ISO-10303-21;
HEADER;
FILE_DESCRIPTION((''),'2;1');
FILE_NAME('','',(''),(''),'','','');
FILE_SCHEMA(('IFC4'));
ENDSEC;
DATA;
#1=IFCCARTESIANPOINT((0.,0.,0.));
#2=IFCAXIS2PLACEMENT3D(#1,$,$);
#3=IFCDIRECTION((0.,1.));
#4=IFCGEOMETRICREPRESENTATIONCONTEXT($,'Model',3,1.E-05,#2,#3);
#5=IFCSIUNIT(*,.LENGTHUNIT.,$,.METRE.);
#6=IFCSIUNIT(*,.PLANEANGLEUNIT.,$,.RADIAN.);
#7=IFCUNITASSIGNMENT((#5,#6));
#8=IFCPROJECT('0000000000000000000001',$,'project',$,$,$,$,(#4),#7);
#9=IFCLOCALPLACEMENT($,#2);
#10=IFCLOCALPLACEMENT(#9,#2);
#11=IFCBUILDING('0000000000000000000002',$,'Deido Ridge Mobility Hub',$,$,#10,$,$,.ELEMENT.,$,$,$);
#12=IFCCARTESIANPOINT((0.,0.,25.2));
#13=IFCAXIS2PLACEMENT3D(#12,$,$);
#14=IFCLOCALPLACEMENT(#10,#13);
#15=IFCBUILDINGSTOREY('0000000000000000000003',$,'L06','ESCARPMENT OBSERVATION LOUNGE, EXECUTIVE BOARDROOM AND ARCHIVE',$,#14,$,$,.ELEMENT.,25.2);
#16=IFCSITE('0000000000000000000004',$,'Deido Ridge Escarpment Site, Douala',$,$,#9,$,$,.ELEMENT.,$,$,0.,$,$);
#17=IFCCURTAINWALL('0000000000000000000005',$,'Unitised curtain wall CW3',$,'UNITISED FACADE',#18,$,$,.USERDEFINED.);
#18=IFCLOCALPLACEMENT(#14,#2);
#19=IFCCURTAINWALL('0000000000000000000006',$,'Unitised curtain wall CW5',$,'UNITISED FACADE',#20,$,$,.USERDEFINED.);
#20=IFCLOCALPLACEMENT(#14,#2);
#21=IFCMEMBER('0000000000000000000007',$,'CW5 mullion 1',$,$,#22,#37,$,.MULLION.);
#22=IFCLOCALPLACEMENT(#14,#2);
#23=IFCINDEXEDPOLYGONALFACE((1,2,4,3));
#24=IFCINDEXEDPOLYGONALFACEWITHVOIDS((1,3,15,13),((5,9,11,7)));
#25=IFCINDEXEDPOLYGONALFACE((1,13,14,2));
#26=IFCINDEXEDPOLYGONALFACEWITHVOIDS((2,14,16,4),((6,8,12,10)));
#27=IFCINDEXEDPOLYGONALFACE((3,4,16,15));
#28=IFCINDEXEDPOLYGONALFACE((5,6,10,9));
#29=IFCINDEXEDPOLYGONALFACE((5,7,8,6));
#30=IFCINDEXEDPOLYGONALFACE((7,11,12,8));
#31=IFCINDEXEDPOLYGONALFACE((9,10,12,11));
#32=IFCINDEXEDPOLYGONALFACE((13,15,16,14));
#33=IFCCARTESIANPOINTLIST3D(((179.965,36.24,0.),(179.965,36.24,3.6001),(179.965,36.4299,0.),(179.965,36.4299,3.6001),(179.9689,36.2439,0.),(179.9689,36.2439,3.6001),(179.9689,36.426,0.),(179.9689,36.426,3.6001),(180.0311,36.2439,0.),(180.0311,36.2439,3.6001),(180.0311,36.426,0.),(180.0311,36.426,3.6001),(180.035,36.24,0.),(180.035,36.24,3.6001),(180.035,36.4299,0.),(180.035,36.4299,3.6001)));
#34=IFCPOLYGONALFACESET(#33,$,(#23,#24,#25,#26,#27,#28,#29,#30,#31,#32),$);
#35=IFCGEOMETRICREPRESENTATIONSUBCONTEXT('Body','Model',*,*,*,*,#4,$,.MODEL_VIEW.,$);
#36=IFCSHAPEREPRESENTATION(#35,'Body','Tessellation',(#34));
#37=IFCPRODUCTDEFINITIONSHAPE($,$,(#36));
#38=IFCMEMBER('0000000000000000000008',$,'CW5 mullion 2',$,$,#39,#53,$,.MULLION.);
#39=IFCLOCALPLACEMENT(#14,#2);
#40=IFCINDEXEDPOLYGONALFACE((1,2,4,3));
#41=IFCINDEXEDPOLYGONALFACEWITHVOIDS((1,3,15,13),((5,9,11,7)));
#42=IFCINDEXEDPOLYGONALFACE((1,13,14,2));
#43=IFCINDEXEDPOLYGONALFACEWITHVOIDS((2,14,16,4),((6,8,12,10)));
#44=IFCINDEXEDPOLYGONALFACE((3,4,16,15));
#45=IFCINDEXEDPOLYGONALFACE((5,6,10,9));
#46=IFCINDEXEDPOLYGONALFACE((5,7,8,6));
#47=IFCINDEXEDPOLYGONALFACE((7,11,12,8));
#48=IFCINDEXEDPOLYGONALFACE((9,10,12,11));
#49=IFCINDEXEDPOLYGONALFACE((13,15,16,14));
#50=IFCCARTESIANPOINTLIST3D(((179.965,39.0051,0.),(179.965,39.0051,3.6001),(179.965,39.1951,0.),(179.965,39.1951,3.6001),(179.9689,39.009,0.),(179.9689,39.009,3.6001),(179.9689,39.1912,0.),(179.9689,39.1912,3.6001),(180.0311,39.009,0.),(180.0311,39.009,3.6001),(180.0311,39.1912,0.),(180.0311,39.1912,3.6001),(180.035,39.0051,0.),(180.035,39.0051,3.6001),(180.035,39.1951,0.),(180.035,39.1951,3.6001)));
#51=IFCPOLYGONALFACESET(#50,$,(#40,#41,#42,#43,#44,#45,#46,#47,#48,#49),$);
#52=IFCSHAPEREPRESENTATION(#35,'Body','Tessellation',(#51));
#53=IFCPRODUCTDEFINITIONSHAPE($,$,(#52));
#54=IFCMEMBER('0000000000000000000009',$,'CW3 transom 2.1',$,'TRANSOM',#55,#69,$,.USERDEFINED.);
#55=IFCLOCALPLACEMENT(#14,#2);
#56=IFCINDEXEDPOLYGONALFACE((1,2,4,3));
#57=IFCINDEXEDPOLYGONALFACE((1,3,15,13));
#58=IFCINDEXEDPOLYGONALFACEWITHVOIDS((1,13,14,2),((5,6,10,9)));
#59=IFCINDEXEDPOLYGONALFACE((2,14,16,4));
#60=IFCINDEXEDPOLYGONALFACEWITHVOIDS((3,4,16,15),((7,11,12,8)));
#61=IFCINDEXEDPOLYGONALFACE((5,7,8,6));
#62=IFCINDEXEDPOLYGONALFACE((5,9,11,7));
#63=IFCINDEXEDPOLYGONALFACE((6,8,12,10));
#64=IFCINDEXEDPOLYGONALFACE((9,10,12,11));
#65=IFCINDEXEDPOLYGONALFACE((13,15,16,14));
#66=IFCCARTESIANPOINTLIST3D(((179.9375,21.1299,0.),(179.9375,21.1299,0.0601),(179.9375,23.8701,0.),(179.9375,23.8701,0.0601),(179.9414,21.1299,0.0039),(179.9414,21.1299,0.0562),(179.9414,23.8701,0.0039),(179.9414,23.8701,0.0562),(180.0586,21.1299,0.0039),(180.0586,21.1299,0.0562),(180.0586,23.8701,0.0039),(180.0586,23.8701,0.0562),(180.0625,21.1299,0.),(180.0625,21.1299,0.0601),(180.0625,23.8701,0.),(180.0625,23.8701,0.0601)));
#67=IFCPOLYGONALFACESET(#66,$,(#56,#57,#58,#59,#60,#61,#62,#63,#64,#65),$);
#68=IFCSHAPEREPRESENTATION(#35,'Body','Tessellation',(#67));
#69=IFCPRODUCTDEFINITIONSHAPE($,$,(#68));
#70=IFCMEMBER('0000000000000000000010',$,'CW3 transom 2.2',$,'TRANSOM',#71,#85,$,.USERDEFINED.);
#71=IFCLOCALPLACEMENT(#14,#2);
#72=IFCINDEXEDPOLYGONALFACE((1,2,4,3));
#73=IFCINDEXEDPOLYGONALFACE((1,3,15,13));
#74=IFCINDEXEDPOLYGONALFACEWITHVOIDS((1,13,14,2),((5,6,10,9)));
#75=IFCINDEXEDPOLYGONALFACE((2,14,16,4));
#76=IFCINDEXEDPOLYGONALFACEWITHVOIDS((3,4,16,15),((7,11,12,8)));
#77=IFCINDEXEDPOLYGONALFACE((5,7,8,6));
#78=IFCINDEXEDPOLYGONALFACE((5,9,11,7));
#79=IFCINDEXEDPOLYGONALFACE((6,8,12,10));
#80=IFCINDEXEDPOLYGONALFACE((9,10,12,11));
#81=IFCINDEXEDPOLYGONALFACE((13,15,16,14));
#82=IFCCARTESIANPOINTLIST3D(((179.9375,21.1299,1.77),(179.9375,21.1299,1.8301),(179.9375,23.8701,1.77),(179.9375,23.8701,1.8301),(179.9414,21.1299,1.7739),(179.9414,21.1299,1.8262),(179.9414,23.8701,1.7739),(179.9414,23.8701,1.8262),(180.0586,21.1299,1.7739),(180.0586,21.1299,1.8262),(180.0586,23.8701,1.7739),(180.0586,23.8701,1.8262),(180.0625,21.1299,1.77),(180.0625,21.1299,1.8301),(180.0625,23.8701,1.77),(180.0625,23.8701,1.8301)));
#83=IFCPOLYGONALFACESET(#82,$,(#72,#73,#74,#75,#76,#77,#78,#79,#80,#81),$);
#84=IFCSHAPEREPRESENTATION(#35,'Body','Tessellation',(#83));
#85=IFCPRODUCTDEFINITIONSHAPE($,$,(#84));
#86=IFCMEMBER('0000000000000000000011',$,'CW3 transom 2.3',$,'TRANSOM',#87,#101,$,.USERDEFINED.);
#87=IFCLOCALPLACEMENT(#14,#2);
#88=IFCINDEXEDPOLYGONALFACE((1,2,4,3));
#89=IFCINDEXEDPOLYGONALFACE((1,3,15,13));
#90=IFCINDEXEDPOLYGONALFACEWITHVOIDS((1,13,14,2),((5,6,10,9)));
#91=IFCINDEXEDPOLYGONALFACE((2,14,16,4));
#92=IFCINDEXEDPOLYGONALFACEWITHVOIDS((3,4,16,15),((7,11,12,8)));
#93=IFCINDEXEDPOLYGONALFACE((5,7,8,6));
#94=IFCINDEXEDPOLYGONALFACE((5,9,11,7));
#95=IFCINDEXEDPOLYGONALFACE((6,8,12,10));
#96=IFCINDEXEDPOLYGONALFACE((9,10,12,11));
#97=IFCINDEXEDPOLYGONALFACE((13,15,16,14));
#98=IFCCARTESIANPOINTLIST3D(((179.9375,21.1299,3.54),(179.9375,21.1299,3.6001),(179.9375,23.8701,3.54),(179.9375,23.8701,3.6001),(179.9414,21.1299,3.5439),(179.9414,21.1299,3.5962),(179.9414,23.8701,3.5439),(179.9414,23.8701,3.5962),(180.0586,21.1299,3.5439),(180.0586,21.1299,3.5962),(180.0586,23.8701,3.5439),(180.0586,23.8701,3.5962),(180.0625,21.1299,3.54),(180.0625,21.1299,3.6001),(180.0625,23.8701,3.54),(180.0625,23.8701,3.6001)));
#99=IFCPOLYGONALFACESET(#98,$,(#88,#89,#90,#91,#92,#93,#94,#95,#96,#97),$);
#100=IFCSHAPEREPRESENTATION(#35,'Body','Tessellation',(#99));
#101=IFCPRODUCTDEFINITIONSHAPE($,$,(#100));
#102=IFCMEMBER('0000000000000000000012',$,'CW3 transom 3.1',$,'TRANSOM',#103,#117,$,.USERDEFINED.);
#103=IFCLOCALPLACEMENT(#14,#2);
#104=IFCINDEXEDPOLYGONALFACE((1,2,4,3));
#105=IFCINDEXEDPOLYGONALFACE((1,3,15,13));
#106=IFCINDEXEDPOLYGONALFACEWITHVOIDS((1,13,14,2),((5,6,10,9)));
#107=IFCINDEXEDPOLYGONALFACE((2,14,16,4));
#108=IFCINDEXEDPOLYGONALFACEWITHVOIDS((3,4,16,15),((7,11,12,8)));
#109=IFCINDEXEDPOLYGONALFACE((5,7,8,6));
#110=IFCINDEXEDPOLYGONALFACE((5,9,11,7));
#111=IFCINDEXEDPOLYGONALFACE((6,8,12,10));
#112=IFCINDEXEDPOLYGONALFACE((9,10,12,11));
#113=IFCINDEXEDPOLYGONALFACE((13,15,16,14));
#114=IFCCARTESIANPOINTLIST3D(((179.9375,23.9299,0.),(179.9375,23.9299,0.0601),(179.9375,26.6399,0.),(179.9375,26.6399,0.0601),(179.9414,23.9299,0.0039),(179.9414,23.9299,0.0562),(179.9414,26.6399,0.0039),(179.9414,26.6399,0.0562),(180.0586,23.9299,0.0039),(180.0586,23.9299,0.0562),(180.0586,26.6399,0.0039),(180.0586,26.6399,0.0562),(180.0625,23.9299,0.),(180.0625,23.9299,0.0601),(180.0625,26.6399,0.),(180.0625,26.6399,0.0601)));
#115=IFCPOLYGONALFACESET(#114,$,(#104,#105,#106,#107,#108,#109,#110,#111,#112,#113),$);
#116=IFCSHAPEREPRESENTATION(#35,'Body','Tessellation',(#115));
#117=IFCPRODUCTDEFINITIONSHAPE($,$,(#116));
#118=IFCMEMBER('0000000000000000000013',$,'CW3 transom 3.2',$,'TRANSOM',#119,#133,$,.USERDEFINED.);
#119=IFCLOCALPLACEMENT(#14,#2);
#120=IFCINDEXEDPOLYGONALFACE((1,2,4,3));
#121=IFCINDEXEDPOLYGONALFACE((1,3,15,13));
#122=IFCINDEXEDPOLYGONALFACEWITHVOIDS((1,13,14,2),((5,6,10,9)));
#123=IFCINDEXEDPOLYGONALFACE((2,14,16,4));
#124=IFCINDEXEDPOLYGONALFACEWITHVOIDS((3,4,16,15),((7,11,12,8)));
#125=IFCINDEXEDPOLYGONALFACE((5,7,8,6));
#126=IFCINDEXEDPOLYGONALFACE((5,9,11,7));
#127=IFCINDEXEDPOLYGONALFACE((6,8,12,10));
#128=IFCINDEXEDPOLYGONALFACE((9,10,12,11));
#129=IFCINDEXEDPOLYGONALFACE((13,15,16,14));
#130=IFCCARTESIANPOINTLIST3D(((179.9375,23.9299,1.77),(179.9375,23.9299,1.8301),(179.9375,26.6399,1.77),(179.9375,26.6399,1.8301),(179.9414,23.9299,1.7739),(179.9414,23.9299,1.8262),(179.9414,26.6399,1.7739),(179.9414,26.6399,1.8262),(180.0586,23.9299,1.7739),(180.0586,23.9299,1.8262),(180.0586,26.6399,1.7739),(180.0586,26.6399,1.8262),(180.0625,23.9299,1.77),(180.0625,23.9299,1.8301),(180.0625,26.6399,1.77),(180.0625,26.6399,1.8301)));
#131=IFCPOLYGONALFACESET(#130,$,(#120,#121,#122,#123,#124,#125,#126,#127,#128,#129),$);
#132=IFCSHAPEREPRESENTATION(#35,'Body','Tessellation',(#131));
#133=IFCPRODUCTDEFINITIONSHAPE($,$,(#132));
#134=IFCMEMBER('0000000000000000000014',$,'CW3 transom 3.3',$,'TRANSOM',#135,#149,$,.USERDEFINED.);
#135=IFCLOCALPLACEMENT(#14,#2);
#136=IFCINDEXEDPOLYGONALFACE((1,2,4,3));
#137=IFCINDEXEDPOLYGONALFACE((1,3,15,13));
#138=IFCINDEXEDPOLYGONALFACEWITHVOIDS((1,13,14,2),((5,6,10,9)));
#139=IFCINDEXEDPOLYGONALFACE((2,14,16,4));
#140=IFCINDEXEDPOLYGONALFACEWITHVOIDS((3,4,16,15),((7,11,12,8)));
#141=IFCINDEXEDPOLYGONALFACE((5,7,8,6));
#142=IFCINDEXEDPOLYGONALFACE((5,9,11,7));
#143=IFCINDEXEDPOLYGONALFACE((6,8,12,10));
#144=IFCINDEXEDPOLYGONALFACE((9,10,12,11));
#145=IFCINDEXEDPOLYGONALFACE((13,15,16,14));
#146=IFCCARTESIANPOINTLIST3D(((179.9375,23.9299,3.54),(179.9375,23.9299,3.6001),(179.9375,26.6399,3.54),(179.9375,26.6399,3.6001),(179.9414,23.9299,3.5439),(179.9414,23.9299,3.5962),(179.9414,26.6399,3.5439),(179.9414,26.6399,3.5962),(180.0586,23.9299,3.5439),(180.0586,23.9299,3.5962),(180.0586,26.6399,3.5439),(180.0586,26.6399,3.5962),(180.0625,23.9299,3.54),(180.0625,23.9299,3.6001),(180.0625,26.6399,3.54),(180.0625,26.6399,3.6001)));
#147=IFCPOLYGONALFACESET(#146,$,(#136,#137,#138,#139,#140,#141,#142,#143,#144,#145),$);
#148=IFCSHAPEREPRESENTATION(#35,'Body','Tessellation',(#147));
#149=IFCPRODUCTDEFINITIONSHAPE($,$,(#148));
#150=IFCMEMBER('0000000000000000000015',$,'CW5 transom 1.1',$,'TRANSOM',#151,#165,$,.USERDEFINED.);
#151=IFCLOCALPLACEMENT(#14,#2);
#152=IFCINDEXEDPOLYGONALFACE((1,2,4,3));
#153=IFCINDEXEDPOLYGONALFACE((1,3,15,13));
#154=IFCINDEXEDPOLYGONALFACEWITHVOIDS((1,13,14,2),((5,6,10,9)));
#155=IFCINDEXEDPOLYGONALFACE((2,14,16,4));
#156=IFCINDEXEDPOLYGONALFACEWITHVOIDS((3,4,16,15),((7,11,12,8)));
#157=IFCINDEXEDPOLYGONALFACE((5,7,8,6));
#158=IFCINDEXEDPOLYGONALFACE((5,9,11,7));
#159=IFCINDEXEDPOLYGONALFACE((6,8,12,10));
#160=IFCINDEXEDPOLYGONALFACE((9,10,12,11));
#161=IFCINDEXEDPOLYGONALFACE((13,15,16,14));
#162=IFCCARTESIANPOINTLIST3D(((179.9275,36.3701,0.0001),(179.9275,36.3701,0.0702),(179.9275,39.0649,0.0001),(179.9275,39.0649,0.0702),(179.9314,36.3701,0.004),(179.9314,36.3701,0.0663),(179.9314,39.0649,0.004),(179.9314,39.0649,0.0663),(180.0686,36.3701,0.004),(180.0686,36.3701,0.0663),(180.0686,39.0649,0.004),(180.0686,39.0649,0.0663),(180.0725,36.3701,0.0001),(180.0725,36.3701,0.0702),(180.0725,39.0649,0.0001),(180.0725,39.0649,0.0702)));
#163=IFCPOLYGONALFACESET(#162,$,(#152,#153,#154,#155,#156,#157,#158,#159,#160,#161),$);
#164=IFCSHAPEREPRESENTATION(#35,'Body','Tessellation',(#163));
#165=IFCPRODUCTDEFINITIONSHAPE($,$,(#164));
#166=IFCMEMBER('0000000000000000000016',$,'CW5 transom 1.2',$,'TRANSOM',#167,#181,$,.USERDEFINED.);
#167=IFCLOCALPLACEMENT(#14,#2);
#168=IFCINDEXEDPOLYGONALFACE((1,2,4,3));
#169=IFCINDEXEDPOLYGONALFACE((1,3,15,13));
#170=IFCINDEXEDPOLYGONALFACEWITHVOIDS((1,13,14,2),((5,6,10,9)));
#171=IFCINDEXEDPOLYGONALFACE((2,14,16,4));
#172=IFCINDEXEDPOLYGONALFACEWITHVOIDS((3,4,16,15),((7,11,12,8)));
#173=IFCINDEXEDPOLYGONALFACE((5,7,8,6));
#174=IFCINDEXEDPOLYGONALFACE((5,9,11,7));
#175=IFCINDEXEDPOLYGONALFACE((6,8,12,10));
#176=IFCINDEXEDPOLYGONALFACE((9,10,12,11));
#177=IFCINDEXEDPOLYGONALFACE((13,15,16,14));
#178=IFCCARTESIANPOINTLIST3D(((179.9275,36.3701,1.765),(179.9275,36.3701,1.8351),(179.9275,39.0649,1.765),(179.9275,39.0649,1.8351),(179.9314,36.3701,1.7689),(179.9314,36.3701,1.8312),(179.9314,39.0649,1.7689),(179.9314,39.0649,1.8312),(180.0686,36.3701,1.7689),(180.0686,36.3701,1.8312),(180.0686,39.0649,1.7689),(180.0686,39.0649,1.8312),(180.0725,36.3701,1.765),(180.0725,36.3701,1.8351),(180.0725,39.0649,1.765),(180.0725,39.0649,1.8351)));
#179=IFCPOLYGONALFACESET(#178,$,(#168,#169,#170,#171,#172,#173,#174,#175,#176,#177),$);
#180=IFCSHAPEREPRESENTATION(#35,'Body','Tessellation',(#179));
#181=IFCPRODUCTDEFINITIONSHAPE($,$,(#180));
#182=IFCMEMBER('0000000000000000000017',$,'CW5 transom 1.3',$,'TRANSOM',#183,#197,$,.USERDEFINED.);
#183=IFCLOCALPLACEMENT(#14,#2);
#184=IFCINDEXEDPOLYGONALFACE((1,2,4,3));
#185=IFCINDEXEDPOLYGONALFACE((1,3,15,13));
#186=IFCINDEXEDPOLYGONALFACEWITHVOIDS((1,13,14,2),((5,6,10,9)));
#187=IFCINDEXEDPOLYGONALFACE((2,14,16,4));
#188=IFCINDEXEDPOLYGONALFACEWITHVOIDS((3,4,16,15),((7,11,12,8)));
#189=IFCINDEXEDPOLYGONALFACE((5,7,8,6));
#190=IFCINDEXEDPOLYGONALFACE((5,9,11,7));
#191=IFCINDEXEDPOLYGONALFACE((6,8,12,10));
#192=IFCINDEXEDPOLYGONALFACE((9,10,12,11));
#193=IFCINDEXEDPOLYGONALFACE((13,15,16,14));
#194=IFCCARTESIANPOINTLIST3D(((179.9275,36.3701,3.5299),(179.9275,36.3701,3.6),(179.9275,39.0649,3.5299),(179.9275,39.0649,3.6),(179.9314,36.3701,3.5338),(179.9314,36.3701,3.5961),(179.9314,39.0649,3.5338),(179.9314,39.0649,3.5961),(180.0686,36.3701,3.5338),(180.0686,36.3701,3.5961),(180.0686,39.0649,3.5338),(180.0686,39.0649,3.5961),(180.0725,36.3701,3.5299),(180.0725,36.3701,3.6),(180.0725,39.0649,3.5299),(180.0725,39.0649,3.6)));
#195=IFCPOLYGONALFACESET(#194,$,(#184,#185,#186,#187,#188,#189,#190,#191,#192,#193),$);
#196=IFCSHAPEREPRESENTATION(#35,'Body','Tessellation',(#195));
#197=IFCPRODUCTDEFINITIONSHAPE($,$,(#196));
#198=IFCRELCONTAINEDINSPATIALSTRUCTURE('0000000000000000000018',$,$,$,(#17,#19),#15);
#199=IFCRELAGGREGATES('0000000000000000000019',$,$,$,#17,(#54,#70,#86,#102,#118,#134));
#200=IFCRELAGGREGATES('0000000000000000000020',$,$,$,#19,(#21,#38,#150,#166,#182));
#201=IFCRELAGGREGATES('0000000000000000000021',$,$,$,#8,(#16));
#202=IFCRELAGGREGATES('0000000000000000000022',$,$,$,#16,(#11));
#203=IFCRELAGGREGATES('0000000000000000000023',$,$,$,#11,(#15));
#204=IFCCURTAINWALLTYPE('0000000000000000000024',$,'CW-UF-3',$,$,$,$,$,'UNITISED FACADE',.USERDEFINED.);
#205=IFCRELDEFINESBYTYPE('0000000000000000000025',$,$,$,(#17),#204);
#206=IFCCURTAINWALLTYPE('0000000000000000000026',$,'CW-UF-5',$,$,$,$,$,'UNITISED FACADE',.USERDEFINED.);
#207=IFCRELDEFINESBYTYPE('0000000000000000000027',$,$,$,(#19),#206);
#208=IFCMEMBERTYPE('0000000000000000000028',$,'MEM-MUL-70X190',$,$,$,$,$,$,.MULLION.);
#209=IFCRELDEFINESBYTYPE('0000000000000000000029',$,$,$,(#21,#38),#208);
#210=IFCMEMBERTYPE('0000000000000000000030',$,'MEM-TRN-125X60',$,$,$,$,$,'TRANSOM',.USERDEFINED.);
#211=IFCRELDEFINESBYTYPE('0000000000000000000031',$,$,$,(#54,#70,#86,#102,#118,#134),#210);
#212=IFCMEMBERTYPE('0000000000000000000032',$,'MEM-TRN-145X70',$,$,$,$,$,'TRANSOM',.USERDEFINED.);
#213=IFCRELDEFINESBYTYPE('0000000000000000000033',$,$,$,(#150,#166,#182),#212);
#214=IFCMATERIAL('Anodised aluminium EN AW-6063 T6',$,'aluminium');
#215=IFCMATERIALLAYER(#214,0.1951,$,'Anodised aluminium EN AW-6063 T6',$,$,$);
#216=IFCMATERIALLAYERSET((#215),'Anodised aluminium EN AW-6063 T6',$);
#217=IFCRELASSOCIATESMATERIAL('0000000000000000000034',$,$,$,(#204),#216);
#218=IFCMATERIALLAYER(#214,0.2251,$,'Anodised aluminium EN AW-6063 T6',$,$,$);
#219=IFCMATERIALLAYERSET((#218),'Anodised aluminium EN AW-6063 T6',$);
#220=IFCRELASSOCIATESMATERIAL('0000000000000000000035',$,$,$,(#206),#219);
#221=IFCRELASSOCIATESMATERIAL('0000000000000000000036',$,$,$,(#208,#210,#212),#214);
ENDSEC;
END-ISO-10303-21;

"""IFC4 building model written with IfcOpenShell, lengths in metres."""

from ifc_helpers import new_model, si_unit, direction, frame, origin, origin_2d, place, context, subcontext, project, spatial, hollow_rectangle, extrude, material, layer, layer_set, material_profile, profile_set, type_object, element, aggregate, save


model = new_model("IFC4")

# Units and contexts
model_context = context("Model", 3, precision=1e-05, world=origin(), true_north=direction((0.0, 1.0)))
body_context = subcontext(model_context, "Body", "Model", "MODEL_VIEW")
ifc_project = project(units=[si_unit("LENGTHUNIT", "METRE"), si_unit("PLANEANGLEUNIT", "RADIAN")], contexts=[model_context])

# Site, building, storey
site_placement = place(None, origin())
site = spatial("IfcSite", under=ifc_project, at=site_placement, Name="Deido Ridge Escarpment Site, Douala", CompositionType="ELEMENT", RefElevation=0.0)
building_placement = place(site_placement, origin())
building = spatial("IfcBuilding", under=site, at=building_placement, Name="Deido Ridge Mobility Hub", CompositionType="ELEMENT")
storey_placement = place(building_placement, frame((0.0, 0.0, 25.2)))
storey = spatial("IfcBuildingStorey", under=building, at=storey_placement, Name="L06", Description="ESCARPMENT OBSERVATION LOUNGE, EXECUTIVE BOARDROOM AND ARCHIVE", CompositionType="ELEMENT", Elevation=25.2)

# Curtain walls, members
ifc_material_1 = material(Name="Anodised aluminium EN AW-6063 T6", Category="aluminium")
ifc_layer_1 = layer(ifc_material_1, 0.1951, Name="Anodised aluminium EN AW-6063 T6")
ifc_layer_set_1 = layer_set([ifc_layer_1], Name="Anodised aluminium EN AW-6063 T6")
curtain_wall_type_1 = type_object("IfcCurtainWallType", Name="CW-UF-3", ElementType="UNITISED FACADE", PredefinedType="USERDEFINED", material=ifc_layer_set_1)
curtain_wall_1_placement = place(storey_placement, origin())
curtain_wall_1 = element("IfcCurtainWall", 1, at=curtain_wall_1_placement, inside=storey, type_object=curtain_wall_type_1, Name="Unitised curtain wall CW3", ObjectType="UNITISED FACADE", PredefinedType="USERDEFINED")
ifc_layer_2 = layer(ifc_material_1, 0.2251, Name="Anodised aluminium EN AW-6063 T6")
ifc_layer_set_2 = layer_set([ifc_layer_2], Name="Anodised aluminium EN AW-6063 T6")
curtain_wall_type_2 = type_object("IfcCurtainWallType", Name="CW-UF-5", ElementType="UNITISED FACADE", PredefinedType="USERDEFINED", material=ifc_layer_set_2)
curtain_wall_2_placement = place(storey_placement, origin())
curtain_wall_2 = element("IfcCurtainWall", 2, at=curtain_wall_2_placement, inside=storey, type_object=curtain_wall_type_2, Name="Unitised curtain wall CW5", ObjectType="UNITISED FACADE", PredefinedType="USERDEFINED")
ifc_material_profile_1 = material_profile(ifc_material_1, hollow_rectangle(XDim=0.0701, YDim=0.1899, WallThickness=0.0039, at=origin_2d()), Name="RHS 70x190x4")
ifc_profile_set_1 = profile_set([ifc_material_profile_1], Name="Anodised aluminium EN AW-6063 T6")
member_type_1 = type_object("IfcMemberType", Name="MEM-MUL-70X190", PredefinedType="MULLION", material=ifc_profile_set_1)
member_1_placement = place(storey_placement, frame((180.0, 36.335, 0.0), z_axis=(0.0, 0.0, 1.0), x_axis=(-1.0, 0.0, 0.0)))
member_1 = element("IfcMember", 3, at=member_1_placement, type_object=member_type_1, Name="CW5 mullion 1", PredefinedType="MULLION", context=body_context, shape_type="SweptSolid", body=[
    extrude(hollow_rectangle(XDim=0.0701, YDim=0.1899, WallThickness=0.0039, at=origin_2d()), origin(), (0.0, 0.0, 1.0), 3.6001),
])
member_2_placement = place(storey_placement, frame((180.0, 39.1001, 0.0), z_axis=(0.0, 0.0, 1.0), x_axis=(-1.0, 0.0, 0.0)))
member_2 = element("IfcMember", 4, at=member_2_placement, type_object=member_type_1, Name="CW5 mullion 2", PredefinedType="MULLION", context=body_context, shape_type="SweptSolid", body=[
    extrude(hollow_rectangle(XDim=0.0701, YDim=0.1899, WallThickness=0.0039, at=origin_2d()), origin(), (0.0, 0.0, 1.0), 3.6001),
])

# Members
ifc_material_profile_2 = material_profile(ifc_material_1, hollow_rectangle(XDim=0.125, YDim=0.0601, WallThickness=0.0039, at=origin_2d()), Name="RHS 125x60x4")
ifc_profile_set_2 = profile_set([ifc_material_profile_2], Name="Anodised aluminium EN AW-6063 T6")
member_type_2 = type_object("IfcMemberType", Name="MEM-TRN-125X60", ElementType="TRANSOM", PredefinedType="USERDEFINED", material=ifc_profile_set_2)
member_3_placement = place(storey_placement, frame((180.0, 21.1299, 0.03), z_axis=(0.0, 1.0, 0.0), x_axis=(-1.0, 0.0, 0.0)))
member_3 = element("IfcMember", 5, at=member_3_placement, type_object=member_type_2, Name="CW3 transom 2.1", ObjectType="TRANSOM", PredefinedType="USERDEFINED", context=body_context, shape_type="SweptSolid", body=[
    extrude(hollow_rectangle(XDim=0.125, YDim=0.0601, WallThickness=0.0039, at=origin_2d()), origin(), (0.0, 0.0, 1.0), 2.7402),
])
member_4_placement = place(storey_placement, frame((180.0, 21.1299, 1.8), z_axis=(0.0, 1.0, 0.0), x_axis=(-1.0, 0.0, 0.0)))
member_4 = element("IfcMember", 6, at=member_4_placement, type_object=member_type_2, Name="CW3 transom 2.2", ObjectType="TRANSOM", PredefinedType="USERDEFINED", context=body_context, shape_type="SweptSolid", body=[
    extrude(hollow_rectangle(XDim=0.125, YDim=0.0601, WallThickness=0.0039, at=origin_2d()), origin(), (0.0, 0.0, 1.0), 2.7402),
])
member_5_placement = place(storey_placement, frame((180.0, 21.1299, 3.5701), z_axis=(0.0, 1.0, 0.0), x_axis=(-1.0, 0.0, 0.0)))
member_5 = element("IfcMember", 7, at=member_5_placement, type_object=member_type_2, Name="CW3 transom 2.3", ObjectType="TRANSOM", PredefinedType="USERDEFINED", context=body_context, shape_type="SweptSolid", body=[
    extrude(hollow_rectangle(XDim=0.125, YDim=0.0601, WallThickness=0.0039, at=origin_2d()), origin(), (0.0, 0.0, 1.0), 2.7402),
])
member_6_placement = place(storey_placement, frame((180.0, 23.9299, 0.03), z_axis=(0.0, 1.0, 0.0), x_axis=(-1.0, 0.0, 0.0)))
member_6 = element("IfcMember", 8, at=member_6_placement, type_object=member_type_2, Name="CW3 transom 3.1", ObjectType="TRANSOM", PredefinedType="USERDEFINED", context=body_context, shape_type="SweptSolid", body=[
    extrude(hollow_rectangle(XDim=0.125, YDim=0.0601, WallThickness=0.0039, at=origin_2d()), origin(), (0.0, 0.0, 1.0), 2.71),
])
member_7_placement = place(storey_placement, frame((180.0, 23.9299, 1.8), z_axis=(0.0, 1.0, 0.0), x_axis=(-1.0, 0.0, 0.0)))
member_7 = element("IfcMember", 9, at=member_7_placement, type_object=member_type_2, Name="CW3 transom 3.2", ObjectType="TRANSOM", PredefinedType="USERDEFINED", context=body_context, shape_type="SweptSolid", body=[
    extrude(hollow_rectangle(XDim=0.125, YDim=0.0601, WallThickness=0.0039, at=origin_2d()), origin(), (0.0, 0.0, 1.0), 2.71),
])
member_8_placement = place(storey_placement, frame((180.0, 23.9299, 3.5701), z_axis=(0.0, 1.0, 0.0), x_axis=(-1.0, 0.0, 0.0)))
member_8 = element("IfcMember", 10, at=member_8_placement, type_object=member_type_2, Name="CW3 transom 3.3", ObjectType="TRANSOM", PredefinedType="USERDEFINED", context=body_context, shape_type="SweptSolid", body=[
    extrude(hollow_rectangle(XDim=0.125, YDim=0.0601, WallThickness=0.0039, at=origin_2d()), origin(), (0.0, 0.0, 1.0), 2.71),
])
ifc_material_profile_3 = material_profile(ifc_material_1, hollow_rectangle(XDim=0.145, YDim=0.0701, WallThickness=0.0039, at=origin_2d()), Name="RHS 145x70x4")
ifc_profile_set_3 = profile_set([ifc_material_profile_3], Name="Anodised aluminium EN AW-6063 T6")
member_type_3 = type_object("IfcMemberType", Name="MEM-TRN-145X70", ElementType="TRANSOM", PredefinedType="USERDEFINED", material=ifc_profile_set_3)
member_9_placement = place(storey_placement, frame((180.0, 36.3701, 0.0352), z_axis=(0.0, 1.0, 0.0), x_axis=(-1.0, 0.0, 0.0)))
member_9 = element("IfcMember", 11, at=member_9_placement, type_object=member_type_3, Name="CW5 transom 1.1", ObjectType="TRANSOM", PredefinedType="USERDEFINED", context=body_context, shape_type="SweptSolid", body=[
    extrude(hollow_rectangle(XDim=0.145, YDim=0.0701, WallThickness=0.0039, at=origin_2d()), origin(), (0.0, 0.0, 1.0), 2.6948),
])
member_10_placement = place(storey_placement, frame((180.0, 36.3701, 1.8), z_axis=(0.0, 1.0, 0.0), x_axis=(-1.0, 0.0, 0.0)))
member_10 = element("IfcMember", 12, at=member_10_placement, type_object=member_type_3, Name="CW5 transom 1.2", ObjectType="TRANSOM", PredefinedType="USERDEFINED", context=body_context, shape_type="SweptSolid", body=[
    extrude(hollow_rectangle(XDim=0.145, YDim=0.0701, WallThickness=0.0039, at=origin_2d()), origin(), (0.0, 0.0, 1.0), 2.6948),
])
member_11_placement = place(storey_placement, frame((180.0, 36.3701, 3.5649), z_axis=(0.0, 1.0, 0.0), x_axis=(-1.0, 0.0, 0.0)))
member_11 = element("IfcMember", 13, at=member_11_placement, type_object=member_type_3, Name="CW5 transom 1.3", ObjectType="TRANSOM", PredefinedType="USERDEFINED", context=body_context, shape_type="SweptSolid", body=[
    extrude(hollow_rectangle(XDim=0.145, YDim=0.0701, WallThickness=0.0039, at=origin_2d()), origin(), (0.0, 0.0, 1.0), 2.6948),
])

aggregate(curtain_wall_1, [member_3, member_4, member_5, member_6, member_7, member_8])
aggregate(curtain_wall_2, [member_1, member_2, member_9, member_10, member_11])

save(model, "model.ifc")
